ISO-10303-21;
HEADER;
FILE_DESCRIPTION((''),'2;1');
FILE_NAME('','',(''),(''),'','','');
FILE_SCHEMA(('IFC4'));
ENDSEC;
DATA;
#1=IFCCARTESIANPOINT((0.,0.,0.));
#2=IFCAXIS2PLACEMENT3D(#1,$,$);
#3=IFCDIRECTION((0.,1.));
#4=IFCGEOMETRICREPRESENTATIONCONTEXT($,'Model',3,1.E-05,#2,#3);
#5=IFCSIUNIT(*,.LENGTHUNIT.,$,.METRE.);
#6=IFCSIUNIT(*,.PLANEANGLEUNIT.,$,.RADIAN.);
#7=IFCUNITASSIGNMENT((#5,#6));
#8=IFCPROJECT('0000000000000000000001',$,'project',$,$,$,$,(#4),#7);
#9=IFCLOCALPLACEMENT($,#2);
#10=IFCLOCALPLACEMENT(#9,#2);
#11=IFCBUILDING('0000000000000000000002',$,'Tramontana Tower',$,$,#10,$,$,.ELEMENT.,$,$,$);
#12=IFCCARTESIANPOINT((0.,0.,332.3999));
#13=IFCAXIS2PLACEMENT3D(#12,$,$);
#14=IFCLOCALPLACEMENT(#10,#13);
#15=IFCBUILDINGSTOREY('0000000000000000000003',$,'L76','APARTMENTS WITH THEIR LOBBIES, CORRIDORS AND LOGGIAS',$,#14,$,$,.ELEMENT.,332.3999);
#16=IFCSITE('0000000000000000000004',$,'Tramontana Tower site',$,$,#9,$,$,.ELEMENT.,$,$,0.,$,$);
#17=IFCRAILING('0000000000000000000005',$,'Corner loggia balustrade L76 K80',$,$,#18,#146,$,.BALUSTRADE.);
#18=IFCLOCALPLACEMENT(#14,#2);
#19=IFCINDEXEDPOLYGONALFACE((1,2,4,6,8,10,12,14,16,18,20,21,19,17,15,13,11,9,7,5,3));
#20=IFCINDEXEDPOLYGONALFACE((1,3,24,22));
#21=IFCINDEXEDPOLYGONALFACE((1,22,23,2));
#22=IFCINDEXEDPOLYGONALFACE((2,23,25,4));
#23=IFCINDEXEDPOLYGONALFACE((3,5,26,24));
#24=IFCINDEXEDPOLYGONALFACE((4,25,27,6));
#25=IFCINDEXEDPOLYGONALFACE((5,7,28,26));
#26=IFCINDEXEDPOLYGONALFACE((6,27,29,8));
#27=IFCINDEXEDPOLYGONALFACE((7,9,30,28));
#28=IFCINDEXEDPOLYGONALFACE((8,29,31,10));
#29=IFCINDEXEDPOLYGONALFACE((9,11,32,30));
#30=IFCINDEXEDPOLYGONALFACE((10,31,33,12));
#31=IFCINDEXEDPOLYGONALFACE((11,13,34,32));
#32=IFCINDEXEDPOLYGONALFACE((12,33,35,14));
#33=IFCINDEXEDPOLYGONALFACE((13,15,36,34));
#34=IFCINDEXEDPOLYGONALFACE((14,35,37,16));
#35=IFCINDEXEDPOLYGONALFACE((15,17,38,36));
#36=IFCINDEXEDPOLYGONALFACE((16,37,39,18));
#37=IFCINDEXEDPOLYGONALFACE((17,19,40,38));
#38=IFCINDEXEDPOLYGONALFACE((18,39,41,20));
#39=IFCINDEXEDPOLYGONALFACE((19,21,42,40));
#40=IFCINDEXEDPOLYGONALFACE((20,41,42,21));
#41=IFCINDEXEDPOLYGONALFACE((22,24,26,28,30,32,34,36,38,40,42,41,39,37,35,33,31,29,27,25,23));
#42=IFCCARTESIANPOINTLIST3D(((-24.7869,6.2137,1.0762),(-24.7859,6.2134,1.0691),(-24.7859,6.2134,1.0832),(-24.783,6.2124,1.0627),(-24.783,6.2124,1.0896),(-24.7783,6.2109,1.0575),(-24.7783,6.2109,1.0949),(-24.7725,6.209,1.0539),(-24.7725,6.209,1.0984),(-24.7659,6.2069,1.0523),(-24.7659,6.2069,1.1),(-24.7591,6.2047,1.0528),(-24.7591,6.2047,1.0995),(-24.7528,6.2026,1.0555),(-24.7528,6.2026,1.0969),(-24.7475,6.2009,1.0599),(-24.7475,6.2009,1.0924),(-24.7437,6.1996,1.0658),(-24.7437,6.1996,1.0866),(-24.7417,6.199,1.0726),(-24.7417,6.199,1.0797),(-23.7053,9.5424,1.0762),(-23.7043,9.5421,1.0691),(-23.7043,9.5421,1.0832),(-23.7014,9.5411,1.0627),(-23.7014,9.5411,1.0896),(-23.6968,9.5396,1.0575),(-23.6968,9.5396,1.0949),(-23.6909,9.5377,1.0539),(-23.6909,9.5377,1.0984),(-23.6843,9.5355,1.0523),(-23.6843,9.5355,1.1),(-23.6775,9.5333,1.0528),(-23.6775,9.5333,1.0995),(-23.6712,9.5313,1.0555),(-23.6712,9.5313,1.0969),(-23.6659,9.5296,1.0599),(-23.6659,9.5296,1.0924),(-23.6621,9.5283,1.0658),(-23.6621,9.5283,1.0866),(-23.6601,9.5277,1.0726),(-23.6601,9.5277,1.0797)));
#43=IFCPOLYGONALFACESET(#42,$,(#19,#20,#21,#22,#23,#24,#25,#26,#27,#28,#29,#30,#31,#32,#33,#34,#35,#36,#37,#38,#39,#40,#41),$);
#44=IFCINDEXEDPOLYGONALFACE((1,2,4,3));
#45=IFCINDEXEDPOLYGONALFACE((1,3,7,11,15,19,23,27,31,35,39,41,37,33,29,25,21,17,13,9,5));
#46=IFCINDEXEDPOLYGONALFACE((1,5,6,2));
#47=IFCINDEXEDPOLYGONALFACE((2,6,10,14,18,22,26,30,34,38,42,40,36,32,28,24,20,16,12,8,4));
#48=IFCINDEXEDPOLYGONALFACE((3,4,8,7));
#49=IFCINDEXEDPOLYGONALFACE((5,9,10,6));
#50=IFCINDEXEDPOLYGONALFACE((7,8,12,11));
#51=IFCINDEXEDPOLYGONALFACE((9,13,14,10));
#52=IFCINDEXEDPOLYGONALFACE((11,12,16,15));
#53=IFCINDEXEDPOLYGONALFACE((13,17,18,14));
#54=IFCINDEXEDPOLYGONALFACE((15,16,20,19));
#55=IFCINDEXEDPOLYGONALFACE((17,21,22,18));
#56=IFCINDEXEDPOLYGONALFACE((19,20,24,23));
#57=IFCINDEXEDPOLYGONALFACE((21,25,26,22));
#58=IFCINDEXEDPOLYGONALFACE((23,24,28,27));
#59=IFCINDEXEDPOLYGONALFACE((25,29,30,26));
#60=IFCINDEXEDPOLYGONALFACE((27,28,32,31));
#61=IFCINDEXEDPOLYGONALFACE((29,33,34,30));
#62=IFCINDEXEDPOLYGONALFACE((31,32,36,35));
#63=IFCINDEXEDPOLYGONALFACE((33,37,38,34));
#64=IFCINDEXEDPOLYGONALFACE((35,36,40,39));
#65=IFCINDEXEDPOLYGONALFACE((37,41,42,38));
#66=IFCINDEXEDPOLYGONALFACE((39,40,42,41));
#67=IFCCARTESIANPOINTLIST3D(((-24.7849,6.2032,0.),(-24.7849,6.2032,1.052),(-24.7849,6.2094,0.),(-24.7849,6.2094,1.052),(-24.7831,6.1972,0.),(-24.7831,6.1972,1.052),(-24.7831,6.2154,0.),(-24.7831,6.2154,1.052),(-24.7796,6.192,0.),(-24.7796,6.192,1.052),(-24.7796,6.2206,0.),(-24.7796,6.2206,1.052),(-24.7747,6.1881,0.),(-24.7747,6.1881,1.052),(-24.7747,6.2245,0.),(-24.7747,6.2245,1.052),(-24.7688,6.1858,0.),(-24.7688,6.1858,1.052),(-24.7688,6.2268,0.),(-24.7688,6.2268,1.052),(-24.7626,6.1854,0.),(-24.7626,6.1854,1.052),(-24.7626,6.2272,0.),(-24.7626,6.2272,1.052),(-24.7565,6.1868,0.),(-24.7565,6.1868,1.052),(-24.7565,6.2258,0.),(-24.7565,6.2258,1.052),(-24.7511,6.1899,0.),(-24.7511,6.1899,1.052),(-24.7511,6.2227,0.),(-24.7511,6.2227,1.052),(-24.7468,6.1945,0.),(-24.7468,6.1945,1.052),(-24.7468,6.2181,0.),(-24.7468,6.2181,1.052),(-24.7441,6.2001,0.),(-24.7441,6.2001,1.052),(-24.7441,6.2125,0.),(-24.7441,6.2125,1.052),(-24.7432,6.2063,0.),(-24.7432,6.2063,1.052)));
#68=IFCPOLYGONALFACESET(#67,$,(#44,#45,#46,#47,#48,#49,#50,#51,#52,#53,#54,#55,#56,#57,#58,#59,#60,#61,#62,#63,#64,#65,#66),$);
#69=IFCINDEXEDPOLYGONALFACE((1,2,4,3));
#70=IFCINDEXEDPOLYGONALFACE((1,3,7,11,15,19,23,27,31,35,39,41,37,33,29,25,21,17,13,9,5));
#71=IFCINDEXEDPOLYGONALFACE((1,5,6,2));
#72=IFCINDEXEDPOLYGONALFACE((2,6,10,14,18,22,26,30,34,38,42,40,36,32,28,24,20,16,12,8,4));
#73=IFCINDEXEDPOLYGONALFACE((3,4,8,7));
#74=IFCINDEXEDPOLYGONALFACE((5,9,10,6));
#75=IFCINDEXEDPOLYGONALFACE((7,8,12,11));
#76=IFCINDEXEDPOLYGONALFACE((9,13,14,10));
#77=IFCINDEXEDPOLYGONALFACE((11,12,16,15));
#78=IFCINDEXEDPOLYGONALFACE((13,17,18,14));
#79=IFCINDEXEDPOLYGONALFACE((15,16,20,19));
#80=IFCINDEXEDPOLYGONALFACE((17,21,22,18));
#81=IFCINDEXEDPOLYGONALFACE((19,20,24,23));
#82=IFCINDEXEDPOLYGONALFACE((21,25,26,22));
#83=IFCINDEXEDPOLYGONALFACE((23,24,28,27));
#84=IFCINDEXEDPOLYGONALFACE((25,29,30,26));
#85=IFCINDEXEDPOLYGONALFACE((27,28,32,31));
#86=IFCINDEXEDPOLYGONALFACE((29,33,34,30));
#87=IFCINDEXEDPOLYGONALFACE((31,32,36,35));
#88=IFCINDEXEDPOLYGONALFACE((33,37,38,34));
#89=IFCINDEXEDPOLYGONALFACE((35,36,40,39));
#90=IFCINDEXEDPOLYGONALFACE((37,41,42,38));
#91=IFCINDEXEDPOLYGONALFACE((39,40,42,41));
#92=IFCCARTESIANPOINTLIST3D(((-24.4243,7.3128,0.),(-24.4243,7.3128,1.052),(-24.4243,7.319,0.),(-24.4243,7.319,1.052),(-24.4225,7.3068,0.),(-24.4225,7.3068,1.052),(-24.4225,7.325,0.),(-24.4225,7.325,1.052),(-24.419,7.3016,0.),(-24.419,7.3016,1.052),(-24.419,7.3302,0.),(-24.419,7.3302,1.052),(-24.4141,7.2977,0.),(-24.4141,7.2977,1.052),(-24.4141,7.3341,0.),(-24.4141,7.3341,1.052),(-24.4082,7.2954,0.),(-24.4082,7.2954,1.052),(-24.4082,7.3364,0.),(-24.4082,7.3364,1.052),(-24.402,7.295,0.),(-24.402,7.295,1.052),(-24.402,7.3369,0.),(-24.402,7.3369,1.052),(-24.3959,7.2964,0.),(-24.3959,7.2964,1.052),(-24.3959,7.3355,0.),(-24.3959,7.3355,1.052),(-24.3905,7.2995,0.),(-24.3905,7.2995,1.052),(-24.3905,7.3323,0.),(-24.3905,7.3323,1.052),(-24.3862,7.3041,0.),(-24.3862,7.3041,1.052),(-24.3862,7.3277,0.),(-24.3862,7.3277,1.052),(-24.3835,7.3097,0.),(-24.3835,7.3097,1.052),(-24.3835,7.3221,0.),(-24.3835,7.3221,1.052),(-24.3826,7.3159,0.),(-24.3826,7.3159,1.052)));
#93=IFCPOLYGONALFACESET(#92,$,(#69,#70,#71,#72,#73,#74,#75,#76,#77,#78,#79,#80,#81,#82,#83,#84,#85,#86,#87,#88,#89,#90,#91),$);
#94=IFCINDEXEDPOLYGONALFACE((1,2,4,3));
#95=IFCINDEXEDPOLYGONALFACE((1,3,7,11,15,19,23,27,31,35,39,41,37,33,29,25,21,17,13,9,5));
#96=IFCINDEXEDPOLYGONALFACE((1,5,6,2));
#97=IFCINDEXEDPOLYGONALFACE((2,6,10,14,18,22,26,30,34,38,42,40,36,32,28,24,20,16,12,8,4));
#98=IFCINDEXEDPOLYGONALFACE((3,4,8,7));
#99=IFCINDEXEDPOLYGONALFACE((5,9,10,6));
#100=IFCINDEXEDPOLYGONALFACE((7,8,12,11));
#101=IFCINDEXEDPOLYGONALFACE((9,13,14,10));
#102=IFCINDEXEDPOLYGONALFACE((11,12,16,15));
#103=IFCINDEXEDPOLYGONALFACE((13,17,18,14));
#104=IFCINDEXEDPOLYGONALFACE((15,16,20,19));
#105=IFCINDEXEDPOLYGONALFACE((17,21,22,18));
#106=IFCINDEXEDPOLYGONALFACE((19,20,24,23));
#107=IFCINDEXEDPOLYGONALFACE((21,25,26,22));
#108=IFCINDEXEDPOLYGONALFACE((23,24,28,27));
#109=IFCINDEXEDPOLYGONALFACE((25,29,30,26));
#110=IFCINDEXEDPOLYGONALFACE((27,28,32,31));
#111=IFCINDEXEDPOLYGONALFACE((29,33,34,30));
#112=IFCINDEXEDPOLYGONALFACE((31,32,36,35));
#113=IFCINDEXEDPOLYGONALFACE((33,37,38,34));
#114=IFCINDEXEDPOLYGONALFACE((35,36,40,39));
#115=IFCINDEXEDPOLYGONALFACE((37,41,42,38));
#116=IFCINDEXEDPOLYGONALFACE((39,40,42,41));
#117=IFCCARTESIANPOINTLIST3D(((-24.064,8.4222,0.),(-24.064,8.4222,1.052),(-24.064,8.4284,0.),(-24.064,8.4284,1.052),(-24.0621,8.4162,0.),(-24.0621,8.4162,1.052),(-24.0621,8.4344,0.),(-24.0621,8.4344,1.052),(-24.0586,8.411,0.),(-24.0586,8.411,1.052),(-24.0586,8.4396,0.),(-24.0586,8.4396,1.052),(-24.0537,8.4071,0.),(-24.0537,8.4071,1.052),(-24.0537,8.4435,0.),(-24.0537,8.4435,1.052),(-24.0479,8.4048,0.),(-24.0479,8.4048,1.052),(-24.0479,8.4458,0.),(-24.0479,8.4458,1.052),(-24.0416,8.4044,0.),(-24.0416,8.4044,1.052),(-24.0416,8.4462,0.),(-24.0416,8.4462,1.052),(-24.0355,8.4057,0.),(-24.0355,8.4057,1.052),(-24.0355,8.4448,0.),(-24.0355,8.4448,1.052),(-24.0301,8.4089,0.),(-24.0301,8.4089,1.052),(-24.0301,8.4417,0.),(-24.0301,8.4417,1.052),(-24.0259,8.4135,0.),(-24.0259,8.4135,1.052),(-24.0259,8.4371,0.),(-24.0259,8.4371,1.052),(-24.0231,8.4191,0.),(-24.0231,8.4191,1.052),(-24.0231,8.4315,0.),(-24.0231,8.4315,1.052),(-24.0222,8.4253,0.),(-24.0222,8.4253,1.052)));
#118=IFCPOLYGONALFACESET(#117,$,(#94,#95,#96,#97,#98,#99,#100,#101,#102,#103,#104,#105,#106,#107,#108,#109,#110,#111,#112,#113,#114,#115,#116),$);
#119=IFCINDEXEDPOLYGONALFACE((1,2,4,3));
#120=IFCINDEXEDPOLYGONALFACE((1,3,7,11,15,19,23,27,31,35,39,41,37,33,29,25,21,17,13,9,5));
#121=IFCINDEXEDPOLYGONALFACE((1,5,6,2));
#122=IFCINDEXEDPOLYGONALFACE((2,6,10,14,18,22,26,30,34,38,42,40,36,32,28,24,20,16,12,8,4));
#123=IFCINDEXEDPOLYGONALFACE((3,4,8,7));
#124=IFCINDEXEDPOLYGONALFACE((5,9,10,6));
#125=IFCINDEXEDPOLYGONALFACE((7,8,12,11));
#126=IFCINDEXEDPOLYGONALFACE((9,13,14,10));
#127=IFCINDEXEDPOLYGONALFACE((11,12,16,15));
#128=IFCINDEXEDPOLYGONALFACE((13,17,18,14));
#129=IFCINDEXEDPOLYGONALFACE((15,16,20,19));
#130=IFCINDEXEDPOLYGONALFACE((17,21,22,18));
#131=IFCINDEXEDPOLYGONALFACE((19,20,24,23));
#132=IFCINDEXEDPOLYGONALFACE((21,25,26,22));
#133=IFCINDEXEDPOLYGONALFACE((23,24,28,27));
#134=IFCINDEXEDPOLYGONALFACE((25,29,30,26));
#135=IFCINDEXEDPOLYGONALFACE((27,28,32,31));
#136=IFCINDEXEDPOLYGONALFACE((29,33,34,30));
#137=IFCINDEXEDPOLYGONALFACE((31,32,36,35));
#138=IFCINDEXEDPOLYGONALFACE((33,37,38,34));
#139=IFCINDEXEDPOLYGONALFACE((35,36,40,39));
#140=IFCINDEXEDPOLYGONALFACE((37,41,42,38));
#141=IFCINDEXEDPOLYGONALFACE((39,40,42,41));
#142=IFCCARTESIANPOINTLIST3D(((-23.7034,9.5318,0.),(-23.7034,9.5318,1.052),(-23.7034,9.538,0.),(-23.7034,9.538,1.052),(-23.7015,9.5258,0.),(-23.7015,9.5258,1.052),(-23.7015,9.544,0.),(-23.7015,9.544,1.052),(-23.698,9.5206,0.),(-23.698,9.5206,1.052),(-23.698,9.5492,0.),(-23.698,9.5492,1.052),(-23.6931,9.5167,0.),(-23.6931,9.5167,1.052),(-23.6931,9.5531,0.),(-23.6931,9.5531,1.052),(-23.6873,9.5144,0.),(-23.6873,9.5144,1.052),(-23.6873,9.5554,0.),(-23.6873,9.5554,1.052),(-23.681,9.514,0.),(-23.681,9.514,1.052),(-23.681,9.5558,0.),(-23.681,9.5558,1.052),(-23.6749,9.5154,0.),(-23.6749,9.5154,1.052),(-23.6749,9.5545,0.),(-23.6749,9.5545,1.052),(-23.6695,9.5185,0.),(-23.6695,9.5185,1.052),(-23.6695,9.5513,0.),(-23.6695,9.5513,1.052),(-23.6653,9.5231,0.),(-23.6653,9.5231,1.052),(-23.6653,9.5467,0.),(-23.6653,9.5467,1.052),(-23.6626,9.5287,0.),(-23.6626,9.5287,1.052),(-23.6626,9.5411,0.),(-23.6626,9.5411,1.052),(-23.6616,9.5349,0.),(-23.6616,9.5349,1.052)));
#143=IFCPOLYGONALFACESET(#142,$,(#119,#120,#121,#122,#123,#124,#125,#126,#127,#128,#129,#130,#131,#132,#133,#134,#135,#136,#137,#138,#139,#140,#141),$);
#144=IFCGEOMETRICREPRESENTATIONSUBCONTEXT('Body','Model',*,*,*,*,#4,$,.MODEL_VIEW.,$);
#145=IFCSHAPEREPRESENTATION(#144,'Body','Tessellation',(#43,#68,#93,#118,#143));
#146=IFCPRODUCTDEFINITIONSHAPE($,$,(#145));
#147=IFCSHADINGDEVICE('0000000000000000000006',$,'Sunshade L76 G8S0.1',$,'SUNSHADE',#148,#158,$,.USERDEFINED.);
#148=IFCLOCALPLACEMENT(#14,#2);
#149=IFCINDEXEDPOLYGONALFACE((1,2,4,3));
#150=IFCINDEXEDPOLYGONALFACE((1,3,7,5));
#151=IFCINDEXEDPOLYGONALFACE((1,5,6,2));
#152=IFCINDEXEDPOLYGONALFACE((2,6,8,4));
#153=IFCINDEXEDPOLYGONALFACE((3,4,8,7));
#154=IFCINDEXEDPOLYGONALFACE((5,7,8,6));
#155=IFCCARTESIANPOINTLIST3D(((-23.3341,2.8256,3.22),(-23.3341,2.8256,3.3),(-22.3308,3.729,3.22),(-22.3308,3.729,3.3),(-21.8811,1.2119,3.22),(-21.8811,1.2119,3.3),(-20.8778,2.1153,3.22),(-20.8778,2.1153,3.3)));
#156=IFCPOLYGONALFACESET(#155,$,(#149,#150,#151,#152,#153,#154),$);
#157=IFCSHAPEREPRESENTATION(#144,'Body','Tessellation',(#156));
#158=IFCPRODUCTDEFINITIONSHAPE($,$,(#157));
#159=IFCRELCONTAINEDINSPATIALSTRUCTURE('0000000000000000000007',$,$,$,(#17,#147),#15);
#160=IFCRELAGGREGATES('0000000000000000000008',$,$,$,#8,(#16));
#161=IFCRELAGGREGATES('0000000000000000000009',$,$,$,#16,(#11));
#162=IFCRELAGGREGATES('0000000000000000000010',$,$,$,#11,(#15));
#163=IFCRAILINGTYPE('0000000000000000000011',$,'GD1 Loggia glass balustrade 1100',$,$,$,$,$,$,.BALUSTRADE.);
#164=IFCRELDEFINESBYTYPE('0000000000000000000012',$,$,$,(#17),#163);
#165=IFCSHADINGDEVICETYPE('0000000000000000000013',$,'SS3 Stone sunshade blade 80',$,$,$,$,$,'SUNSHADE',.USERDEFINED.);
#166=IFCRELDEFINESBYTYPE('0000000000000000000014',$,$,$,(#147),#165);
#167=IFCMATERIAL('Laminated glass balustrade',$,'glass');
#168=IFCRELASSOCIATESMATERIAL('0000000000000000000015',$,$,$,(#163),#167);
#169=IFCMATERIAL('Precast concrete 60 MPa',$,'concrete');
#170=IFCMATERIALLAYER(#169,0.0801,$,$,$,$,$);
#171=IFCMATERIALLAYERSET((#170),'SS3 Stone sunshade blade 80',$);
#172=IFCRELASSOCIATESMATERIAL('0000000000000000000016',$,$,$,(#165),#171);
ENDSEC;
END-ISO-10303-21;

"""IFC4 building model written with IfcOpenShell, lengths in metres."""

from ifc_helpers import new_model, si_unit, direction, frame, origin, origin_2d, place, context, subcontext, project, spatial, rectangle, circle, extrude, material, layer, layer_set, type_object, element, save


model = new_model("IFC4")

# Units and contexts
model_context = context("Model", 3, precision=1e-05, world=origin(), true_north=direction((0.0, 1.0)))
body_context = subcontext(model_context, "Body", "Model", "MODEL_VIEW")
ifc_project = project(units=[si_unit("LENGTHUNIT", "METRE"), si_unit("PLANEANGLEUNIT", "RADIAN")], contexts=[model_context])

# Site, building, storey
site_placement = place(None, origin())
site = spatial("IfcSite", under=ifc_project, at=site_placement, Name="Tramontana Tower site", CompositionType="ELEMENT", RefElevation=0.0)
building_placement = place(site_placement, origin())
building = spatial("IfcBuilding", under=site, at=building_placement, Name="Tramontana Tower", CompositionType="ELEMENT")
storey_placement = place(building_placement, frame((0.0, 0.0, 332.3999)))
storey = spatial("IfcBuildingStorey", under=building, at=storey_placement, Name="L76", Description="APARTMENTS WITH THEIR LOBBIES, CORRIDORS AND LOGGIAS", CompositionType="ELEMENT", Elevation=332.3999)

# Railing
ifc_material_1 = material(Name="Laminated glass balustrade", Category="glass")
railing_type = type_object("IfcRailingType", Name="GD1 Loggia glass balustrade 1100", PredefinedType="BALUSTRADE", material=ifc_material_1)
railing_1_placement = place(storey_placement, frame((-24.7642, 6.2063, 0.0)))
element("IfcRailing", 1, at=railing_1_placement, inside=storey, type_object=railing_type, Name="Corner loggia balustrade L76 K80", PredefinedType="BALUSTRADE", context=body_context, shape_type="SweptSolid", body=[
    extrude(circle(Radius=0.0239, at=origin_2d()), frame((0.0, 0.0, 1.0762), z_axis=(0.30902, 0.951056, 0.0), x_axis=(-0.951056, 0.30902, 0.0)), (0.0, 0.0, 1.0), 3.5),
    extrude(circle(Radius=0.021, at=origin_2d()), origin(), (0.0, 0.0, 1.0), 1.052),
    extrude(circle(Radius=0.021, at=origin_2d()), frame((0.3606, 1.1096, 0.0)), (0.0, 0.0, 1.0), 1.052),
    extrude(circle(Radius=0.021, at=origin_2d()), frame((0.7209, 2.219, 0.0)), (0.0, 0.0, 1.0), 1.052),
    extrude(circle(Radius=0.021, at=origin_2d()), frame((1.0815, 3.3286, 0.0)), (0.0, 0.0, 1.0), 1.052),
])

# Shading device
ifc_material_2 = material(Name="Precast concrete 60 MPa", Category="concrete")
ifc_layer_1 = layer(ifc_material_2, 0.0801)
ifc_layer_set_1 = layer_set([ifc_layer_1], Name="SS3 Stone sunshade blade 80")
shading_device_type = type_object("IfcShadingDeviceType", Name="SS3 Stone sunshade blade 80", ElementType="SUNSHADE", PredefinedType="USERDEFINED", material=ifc_layer_set_1)
shading_device_placement = place(storey_placement, frame((-22.106, 2.4705, 3.22), z_axis=(0.0, 0.0, 1.0), x_axis=(0.669131, -0.743145, 0.0)))
element("IfcShadingDevice", 2, at=shading_device_placement, inside=storey, type_object=shading_device_type, Name="Sunshade L76 G8S0.1", ObjectType="SUNSHADE", PredefinedType="USERDEFINED", context=body_context, shape_type="SweptSolid", body=[
    extrude(rectangle(XDim=2.1714, YDim=1.3501, at=origin_2d()), origin(), (0.0, 0.0, 1.0), 0.0801),
])

save(model, "model.ifc")
